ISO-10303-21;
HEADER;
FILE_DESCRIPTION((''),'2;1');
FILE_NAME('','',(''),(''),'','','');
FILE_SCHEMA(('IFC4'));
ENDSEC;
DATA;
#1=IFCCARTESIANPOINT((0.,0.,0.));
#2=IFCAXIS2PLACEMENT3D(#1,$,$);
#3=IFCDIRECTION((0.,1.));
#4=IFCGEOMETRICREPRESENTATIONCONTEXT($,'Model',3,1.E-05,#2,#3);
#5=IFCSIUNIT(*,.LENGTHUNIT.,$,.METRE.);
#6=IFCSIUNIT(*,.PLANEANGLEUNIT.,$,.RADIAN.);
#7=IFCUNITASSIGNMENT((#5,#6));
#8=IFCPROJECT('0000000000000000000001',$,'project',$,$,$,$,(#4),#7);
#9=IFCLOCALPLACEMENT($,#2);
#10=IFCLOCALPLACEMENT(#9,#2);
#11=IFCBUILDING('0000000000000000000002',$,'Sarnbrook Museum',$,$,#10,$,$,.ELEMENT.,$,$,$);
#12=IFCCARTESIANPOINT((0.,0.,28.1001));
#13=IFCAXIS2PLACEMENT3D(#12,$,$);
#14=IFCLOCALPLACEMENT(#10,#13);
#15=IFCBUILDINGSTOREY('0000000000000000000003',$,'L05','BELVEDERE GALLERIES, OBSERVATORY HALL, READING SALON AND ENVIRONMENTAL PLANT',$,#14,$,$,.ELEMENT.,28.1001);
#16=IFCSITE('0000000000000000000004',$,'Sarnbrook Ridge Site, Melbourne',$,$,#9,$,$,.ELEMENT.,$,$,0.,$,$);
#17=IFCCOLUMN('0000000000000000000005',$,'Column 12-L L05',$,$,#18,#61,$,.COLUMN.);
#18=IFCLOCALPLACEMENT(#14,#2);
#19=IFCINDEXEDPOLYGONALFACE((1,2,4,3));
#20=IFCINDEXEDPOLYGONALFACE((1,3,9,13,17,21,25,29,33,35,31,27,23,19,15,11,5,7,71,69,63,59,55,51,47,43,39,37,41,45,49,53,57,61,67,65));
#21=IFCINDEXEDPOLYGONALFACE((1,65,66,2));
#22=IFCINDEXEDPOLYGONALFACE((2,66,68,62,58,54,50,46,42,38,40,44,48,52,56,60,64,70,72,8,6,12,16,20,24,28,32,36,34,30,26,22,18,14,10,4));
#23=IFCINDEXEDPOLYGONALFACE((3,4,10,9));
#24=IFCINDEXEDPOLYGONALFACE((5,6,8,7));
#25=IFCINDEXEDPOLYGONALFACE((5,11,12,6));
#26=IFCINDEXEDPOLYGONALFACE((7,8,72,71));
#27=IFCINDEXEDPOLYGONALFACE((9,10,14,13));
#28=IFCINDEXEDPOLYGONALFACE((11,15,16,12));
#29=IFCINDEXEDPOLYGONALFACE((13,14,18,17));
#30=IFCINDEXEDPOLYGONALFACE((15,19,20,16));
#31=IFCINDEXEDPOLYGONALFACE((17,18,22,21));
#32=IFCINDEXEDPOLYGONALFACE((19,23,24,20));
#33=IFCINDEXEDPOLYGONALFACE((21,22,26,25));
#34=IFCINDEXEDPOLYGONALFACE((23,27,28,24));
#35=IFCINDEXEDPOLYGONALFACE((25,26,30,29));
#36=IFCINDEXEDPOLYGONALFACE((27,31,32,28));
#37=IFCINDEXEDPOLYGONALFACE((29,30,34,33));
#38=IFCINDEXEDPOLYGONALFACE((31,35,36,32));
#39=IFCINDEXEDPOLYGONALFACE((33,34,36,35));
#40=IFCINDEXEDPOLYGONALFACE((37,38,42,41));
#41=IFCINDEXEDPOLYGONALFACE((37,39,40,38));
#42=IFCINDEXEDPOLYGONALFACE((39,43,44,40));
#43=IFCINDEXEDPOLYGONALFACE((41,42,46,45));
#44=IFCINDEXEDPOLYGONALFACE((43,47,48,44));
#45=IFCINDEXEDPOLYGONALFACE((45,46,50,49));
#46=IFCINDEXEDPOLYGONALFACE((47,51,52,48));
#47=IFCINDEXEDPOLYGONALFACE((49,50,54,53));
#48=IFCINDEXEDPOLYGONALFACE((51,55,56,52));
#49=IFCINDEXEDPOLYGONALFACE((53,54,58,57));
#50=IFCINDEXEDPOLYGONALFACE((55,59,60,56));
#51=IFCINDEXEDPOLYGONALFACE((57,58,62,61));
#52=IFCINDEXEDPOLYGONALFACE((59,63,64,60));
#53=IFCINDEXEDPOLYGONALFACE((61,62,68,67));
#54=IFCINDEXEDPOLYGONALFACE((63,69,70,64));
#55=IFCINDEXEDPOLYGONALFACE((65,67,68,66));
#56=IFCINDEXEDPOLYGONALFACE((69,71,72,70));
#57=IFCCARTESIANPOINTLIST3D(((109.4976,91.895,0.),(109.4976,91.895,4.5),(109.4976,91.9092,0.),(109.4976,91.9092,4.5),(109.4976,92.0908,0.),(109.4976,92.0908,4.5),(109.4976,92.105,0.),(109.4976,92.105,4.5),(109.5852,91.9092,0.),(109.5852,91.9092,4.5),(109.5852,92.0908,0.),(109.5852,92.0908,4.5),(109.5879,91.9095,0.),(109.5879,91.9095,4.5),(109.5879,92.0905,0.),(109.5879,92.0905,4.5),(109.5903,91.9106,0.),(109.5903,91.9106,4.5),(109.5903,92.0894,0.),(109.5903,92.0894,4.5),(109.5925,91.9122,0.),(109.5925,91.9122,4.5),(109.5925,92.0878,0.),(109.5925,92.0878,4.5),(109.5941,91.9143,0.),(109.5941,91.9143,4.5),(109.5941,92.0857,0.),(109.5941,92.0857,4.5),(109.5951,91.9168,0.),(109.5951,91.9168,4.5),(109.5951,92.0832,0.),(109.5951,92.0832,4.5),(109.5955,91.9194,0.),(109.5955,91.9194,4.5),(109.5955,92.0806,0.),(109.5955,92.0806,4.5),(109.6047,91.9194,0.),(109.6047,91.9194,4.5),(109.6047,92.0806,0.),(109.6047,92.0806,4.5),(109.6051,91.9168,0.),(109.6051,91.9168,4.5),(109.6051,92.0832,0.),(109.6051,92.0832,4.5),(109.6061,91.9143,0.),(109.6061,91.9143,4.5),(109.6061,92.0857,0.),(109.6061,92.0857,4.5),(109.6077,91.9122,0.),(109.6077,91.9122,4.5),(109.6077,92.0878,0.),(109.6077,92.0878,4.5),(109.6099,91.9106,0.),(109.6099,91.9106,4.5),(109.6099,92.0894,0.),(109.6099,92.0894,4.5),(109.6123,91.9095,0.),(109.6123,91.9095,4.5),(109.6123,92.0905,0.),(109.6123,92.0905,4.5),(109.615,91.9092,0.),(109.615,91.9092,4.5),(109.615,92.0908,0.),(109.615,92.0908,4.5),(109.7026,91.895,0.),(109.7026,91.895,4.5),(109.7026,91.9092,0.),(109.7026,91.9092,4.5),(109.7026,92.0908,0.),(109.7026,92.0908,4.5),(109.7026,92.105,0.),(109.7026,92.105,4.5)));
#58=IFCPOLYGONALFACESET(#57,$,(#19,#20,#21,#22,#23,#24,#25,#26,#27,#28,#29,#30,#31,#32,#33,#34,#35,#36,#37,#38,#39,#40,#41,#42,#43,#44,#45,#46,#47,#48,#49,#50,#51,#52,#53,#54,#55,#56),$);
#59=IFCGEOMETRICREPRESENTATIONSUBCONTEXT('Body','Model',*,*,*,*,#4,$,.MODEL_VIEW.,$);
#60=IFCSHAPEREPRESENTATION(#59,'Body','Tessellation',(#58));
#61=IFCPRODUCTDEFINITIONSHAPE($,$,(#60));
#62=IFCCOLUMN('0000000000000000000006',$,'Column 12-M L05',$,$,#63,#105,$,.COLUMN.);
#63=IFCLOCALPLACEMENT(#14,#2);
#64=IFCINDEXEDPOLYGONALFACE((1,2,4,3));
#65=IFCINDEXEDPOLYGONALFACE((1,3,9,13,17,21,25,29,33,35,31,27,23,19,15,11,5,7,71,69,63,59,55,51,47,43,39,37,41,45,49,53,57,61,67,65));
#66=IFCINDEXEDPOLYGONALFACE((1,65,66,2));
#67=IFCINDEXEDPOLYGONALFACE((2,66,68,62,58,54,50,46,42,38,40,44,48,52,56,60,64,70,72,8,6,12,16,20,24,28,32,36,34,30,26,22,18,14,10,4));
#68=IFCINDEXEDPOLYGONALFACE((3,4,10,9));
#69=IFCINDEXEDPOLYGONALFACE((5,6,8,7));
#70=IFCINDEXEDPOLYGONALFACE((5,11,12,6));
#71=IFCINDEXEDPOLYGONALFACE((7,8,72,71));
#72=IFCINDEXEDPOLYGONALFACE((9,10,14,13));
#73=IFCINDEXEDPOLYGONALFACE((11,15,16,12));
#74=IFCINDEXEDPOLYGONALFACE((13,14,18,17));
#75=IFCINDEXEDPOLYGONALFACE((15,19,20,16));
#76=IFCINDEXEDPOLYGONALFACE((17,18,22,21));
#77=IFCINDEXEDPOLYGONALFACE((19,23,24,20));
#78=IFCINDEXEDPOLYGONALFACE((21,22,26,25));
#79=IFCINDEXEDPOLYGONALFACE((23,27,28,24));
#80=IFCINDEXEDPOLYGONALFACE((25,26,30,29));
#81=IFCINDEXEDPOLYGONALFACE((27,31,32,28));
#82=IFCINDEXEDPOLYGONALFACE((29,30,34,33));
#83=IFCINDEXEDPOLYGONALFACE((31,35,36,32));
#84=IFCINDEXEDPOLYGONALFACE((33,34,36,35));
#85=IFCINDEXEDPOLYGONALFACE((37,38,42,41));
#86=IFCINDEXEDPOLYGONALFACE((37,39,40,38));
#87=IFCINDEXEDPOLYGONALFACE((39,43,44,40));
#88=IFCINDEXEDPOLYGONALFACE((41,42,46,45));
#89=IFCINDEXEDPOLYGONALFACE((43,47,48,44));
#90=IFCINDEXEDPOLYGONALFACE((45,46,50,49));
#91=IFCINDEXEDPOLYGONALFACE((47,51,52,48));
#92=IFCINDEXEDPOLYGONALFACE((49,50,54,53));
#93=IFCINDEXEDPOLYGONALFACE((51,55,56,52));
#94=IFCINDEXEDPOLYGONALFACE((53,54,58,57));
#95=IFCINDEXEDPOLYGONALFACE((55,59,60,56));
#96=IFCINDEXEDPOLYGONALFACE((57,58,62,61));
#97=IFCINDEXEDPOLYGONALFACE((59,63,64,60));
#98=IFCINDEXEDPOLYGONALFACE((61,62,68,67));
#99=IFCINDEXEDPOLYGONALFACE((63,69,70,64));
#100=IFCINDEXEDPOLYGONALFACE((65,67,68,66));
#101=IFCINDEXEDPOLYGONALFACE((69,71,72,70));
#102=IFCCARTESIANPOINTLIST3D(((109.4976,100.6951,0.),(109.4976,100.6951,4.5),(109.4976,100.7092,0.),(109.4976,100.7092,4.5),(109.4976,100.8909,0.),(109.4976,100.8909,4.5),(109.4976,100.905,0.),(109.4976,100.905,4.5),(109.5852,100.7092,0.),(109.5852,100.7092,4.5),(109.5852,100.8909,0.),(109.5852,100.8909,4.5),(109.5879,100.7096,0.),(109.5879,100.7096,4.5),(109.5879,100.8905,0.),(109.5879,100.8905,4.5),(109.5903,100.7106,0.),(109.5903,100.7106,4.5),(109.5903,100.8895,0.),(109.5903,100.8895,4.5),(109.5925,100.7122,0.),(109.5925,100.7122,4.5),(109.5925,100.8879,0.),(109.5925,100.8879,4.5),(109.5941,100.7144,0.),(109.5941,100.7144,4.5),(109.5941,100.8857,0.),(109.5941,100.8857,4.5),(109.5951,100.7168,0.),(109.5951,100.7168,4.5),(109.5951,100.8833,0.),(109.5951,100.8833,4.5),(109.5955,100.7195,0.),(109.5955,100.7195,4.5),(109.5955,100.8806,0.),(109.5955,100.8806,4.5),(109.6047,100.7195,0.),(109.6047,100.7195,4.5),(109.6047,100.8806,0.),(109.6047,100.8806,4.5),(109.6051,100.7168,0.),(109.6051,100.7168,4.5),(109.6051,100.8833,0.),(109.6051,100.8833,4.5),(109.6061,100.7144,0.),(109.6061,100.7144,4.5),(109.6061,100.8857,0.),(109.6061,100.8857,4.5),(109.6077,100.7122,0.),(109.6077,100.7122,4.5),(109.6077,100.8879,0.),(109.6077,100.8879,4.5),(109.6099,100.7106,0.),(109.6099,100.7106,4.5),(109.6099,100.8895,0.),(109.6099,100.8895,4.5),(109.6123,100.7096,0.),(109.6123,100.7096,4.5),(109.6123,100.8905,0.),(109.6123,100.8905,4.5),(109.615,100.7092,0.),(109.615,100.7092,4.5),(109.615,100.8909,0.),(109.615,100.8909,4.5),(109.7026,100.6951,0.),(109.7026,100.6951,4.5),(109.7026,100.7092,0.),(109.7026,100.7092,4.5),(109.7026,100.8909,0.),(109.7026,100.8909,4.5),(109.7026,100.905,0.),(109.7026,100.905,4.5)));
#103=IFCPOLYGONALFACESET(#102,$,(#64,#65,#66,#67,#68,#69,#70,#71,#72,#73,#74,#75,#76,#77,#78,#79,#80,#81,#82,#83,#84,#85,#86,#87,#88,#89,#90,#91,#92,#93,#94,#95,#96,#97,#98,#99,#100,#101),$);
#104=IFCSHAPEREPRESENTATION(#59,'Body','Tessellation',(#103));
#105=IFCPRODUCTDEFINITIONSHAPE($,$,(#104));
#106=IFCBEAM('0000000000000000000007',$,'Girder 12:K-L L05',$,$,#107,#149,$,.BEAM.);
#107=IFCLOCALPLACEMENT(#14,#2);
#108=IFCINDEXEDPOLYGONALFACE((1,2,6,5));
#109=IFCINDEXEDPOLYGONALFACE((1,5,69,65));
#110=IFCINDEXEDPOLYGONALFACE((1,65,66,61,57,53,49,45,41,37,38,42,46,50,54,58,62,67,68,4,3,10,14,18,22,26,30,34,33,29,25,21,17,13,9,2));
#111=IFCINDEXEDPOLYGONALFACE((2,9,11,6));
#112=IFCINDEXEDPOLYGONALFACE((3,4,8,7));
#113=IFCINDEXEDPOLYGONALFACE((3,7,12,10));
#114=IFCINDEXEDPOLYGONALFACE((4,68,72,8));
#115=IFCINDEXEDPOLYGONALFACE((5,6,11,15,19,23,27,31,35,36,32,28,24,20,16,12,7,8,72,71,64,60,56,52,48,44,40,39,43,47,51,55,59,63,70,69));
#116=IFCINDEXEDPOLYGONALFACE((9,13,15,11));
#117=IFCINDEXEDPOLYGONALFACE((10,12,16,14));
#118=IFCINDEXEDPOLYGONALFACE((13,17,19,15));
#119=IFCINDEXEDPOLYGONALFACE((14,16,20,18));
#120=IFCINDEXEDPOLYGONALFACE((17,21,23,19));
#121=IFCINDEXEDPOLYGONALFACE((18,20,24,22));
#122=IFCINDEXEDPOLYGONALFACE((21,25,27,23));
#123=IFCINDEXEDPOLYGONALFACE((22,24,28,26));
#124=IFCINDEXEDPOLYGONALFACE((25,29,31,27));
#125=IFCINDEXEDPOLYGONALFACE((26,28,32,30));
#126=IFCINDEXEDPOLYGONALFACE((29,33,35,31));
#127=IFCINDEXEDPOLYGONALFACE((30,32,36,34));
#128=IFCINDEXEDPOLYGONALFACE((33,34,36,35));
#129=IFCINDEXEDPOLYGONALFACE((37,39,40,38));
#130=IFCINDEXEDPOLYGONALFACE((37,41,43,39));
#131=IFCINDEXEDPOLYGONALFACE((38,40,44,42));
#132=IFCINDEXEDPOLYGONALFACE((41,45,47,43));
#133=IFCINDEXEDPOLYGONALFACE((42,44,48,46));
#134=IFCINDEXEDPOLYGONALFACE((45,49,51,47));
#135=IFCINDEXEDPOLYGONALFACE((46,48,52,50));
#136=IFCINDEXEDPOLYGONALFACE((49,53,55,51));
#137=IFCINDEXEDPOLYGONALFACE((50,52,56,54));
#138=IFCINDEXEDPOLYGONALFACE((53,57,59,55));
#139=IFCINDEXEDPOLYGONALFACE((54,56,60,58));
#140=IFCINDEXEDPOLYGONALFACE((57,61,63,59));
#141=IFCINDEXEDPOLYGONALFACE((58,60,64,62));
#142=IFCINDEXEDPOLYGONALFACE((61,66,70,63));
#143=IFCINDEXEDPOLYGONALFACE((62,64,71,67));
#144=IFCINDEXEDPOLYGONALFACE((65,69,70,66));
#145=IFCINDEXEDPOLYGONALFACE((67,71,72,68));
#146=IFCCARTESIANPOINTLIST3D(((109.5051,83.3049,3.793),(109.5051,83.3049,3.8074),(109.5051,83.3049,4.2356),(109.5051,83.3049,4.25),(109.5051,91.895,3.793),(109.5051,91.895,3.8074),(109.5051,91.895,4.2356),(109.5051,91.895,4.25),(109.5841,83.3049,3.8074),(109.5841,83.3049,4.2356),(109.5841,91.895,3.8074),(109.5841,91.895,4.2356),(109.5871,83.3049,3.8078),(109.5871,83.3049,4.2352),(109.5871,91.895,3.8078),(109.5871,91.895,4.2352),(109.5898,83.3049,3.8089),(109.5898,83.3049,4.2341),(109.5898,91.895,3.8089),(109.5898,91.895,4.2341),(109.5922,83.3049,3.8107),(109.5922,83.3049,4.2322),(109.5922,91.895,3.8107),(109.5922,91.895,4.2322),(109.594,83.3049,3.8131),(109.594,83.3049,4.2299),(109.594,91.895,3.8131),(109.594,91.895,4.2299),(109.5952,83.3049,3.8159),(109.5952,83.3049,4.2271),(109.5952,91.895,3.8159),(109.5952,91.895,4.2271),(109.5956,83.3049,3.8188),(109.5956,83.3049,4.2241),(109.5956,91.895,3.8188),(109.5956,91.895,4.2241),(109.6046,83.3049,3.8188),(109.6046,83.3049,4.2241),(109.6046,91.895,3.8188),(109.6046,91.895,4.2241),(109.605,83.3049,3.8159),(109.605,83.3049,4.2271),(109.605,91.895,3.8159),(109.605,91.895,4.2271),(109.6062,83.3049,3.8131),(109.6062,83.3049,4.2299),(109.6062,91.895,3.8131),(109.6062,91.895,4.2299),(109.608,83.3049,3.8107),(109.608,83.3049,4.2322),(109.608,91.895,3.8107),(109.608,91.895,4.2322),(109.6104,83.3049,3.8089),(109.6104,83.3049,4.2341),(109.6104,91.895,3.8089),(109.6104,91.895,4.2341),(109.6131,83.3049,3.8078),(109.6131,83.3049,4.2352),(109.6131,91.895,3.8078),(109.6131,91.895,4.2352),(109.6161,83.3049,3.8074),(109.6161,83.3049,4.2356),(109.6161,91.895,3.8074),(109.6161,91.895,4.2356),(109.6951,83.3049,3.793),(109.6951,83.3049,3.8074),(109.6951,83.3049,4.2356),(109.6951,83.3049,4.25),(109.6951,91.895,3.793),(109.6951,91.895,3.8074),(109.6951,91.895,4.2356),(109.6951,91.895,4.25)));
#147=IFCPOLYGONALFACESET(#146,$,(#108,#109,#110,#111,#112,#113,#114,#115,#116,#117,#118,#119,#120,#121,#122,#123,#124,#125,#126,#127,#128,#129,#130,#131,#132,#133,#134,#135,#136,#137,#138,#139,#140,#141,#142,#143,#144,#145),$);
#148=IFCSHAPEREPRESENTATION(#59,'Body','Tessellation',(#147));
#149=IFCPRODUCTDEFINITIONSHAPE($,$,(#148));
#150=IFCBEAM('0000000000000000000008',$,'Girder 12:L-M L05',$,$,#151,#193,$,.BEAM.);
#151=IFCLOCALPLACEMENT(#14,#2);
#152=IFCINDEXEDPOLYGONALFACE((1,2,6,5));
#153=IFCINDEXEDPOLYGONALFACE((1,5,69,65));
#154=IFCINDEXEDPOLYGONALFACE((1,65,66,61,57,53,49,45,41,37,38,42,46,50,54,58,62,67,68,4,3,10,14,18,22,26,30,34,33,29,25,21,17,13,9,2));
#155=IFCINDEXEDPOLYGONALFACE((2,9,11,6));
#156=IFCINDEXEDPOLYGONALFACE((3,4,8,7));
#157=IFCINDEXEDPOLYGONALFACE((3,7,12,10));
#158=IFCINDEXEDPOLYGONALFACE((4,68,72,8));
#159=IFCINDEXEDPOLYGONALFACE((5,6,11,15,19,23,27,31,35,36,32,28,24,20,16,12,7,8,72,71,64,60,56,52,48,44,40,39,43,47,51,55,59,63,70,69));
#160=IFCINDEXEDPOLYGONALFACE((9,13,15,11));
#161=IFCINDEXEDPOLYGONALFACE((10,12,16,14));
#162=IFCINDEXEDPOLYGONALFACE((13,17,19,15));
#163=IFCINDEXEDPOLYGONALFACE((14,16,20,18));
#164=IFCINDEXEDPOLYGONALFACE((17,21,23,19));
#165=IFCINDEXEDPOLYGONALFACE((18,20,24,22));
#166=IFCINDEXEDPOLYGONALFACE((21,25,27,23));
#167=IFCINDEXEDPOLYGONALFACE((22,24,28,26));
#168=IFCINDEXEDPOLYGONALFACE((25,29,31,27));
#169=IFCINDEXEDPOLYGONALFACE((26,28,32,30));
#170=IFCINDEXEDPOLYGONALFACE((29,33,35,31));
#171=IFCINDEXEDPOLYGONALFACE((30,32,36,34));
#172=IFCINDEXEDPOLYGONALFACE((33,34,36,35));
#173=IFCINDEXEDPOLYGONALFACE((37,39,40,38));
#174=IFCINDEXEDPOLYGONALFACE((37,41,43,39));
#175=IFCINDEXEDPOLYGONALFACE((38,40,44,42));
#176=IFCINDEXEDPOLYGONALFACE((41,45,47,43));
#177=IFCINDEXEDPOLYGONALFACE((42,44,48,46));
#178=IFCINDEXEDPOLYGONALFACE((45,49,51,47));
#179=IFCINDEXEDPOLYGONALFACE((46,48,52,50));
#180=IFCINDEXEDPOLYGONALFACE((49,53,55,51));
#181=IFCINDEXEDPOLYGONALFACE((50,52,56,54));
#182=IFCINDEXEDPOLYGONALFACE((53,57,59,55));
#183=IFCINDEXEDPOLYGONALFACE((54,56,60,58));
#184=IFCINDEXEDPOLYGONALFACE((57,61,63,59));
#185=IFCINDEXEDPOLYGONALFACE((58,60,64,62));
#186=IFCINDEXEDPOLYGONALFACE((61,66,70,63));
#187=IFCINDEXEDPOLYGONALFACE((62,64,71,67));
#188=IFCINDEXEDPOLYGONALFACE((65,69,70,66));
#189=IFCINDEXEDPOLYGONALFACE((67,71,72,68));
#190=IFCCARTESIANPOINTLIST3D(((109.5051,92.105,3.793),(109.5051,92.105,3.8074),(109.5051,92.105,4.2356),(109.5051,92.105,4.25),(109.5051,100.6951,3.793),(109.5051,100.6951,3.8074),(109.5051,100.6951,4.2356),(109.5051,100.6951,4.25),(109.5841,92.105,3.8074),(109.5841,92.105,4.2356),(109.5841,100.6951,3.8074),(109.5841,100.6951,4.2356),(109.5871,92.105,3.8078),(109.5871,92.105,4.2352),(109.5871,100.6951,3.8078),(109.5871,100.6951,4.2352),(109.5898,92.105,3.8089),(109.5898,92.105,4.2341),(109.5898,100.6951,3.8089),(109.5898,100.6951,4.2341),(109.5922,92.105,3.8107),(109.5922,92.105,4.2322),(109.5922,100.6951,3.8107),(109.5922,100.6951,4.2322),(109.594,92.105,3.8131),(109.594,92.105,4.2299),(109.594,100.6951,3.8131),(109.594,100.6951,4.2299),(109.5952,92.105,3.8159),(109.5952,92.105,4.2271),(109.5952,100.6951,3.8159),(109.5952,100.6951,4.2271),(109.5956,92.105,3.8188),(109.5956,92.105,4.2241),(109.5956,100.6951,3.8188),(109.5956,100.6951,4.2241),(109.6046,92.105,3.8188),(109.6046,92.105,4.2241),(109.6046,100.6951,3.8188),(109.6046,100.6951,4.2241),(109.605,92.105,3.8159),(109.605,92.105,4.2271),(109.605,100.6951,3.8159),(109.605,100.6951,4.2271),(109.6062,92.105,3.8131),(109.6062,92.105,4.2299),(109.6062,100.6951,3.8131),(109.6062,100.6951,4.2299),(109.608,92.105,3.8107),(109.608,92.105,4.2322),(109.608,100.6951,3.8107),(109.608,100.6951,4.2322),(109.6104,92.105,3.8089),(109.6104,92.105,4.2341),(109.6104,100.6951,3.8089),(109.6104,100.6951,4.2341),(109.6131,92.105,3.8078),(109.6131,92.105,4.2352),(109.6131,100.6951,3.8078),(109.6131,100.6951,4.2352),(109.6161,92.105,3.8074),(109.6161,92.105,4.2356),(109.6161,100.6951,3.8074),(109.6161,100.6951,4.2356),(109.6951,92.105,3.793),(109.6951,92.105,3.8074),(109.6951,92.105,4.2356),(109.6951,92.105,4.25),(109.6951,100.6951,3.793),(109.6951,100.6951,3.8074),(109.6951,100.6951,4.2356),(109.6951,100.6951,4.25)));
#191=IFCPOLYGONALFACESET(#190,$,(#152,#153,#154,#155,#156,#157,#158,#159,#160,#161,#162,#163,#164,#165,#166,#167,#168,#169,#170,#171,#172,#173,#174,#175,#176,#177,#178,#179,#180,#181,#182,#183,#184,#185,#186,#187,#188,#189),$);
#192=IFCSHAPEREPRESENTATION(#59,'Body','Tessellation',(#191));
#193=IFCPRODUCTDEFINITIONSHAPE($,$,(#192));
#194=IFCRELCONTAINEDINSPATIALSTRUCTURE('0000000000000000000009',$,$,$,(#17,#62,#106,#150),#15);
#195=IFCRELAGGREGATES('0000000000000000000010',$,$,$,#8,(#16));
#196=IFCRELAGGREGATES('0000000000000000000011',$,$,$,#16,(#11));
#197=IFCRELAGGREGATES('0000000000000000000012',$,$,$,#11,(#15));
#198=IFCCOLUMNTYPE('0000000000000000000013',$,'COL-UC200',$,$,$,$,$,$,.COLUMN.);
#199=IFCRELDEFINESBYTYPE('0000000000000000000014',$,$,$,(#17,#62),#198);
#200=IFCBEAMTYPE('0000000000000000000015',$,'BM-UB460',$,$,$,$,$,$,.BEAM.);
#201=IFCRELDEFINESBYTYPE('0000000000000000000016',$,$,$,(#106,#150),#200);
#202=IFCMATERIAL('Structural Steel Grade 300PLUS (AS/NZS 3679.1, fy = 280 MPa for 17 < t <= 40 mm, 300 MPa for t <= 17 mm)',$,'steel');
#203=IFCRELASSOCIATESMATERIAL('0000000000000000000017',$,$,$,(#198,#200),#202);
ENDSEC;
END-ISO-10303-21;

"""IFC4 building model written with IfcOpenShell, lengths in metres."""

from ifc_helpers import new_model, si_unit, direction, frame, origin, origin_2d, place, context, subcontext, project, spatial, i_section, extrude, material, material_profile, profile_set, type_object, element, save


model = new_model("IFC4")

# Units and contexts
model_context = context("Model", 3, precision=1e-05, world=origin(), true_north=direction((0.0, 1.0)))
body_context = subcontext(model_context, "Body", "Model", "MODEL_VIEW")
ifc_project = project(units=[si_unit("LENGTHUNIT", "METRE"), si_unit("PLANEANGLEUNIT", "RADIAN")], contexts=[model_context])

# Site, building, storey
site_placement = place(None, origin())
site = spatial("IfcSite", under=ifc_project, at=site_placement, Name="Sarnbrook Ridge Site, Melbourne", CompositionType="ELEMENT", RefElevation=0.0)
building_placement = place(site_placement, origin())
building = spatial("IfcBuilding", under=site, at=building_placement, Name="Sarnbrook Museum", CompositionType="ELEMENT")
storey_placement = place(building_placement, frame((0.0, 0.0, 28.1001)))
storey = spatial("IfcBuildingStorey", under=building, at=storey_placement, Name="L05", Description="BELVEDERE GALLERIES, OBSERVATORY HALL, READING SALON AND ENVIRONMENTAL PLANT", CompositionType="ELEMENT", Elevation=28.1001)

# Columns
ifc_material_1 = material(Name="Structural Steel Grade 300PLUS (AS/NZS 3679.1, fy = 280 MPa for 17 < t <= 40 mm, 300 MPa for t <= 17 mm)", Category="steel")
ifc_material_profile_1 = material_profile(ifc_material_1, i_section(OverallWidth=0.2051, OverallDepth=0.21, WebThickness=0.0093, FlangeThickness=0.0142, FilletRadius=0.0103, at=origin_2d()), Name="200UC59.5")
ifc_profile_set_1 = profile_set([ifc_material_profile_1], Name="Structural Steel Grade 300PLUS (AS/NZS 3679.1, fy = 280 MPa for 17 < t <= 40 mm, 300 MPa for t <= 17 mm)")
column_type = type_object("IfcColumnType", Name="COL-UC200", PredefinedType="COLUMN", material=ifc_profile_set_1)
for number, where, z_axis, x_axis, name in (
    (1, (109.6001, 92.0, 0.0), (0.0, 0.0, 1.0), (1.0, 0.0, 0.0), "Column 12-L L05"),
    (2, (109.6001, 100.8, 0.0), (0.0, 0.0, 1.0), (1.0, 0.0, 0.0), "Column 12-M L05"),
):
    element("IfcColumn", number, at=place(storey_placement, frame(where, z_axis=z_axis, x_axis=x_axis)), inside=storey, type_object=column_type, Name=name, PredefinedType="COLUMN", context=body_context, shape_type="SweptSolid", body=[
        extrude(i_section(OverallWidth=0.2051, OverallDepth=0.21, WebThickness=0.0093, FlangeThickness=0.0142, FilletRadius=0.0103, at=origin_2d()), origin(), (0.0, 0.0, 1.0), 4.5),
    ])

# Beams
ifc_material_profile_2 = material_profile(ifc_material_1, i_section(OverallWidth=0.1899, OverallDepth=0.457, WebThickness=0.009, FlangeThickness=0.0144, FilletRadius=0.0115, at=origin_2d()), Name="460UB74.6")
ifc_profile_set_2 = profile_set([ifc_material_profile_2], Name="Structural Steel Grade 300PLUS (AS/NZS 3679.1, fy = 280 MPa for 17 < t <= 40 mm, 300 MPa for t <= 17 mm)")
beam_type_1 = type_object("IfcBeamType", Name="BM-UB460", PredefinedType="BEAM", material=ifc_profile_set_2)
for number, where, z_axis, x_axis, name in (
    (3, (109.6001, 83.3049, 4.0215), (0.0, 1.0, 0.0), (-1.0, 0.0, 0.0), "Girder 12:K-L L05"),
    (4, (109.6001, 92.105, 4.0215), (0.0, 1.0, 0.0), (-1.0, 0.0, 0.0), "Girder 12:L-M L05"),
):
    element("IfcBeam", number, at=place(storey_placement, frame(where, z_axis=z_axis, x_axis=x_axis)), inside=storey, type_object=beam_type_1, Name=name, PredefinedType="BEAM", context=body_context, shape_type="SweptSolid", body=[
        extrude(i_section(OverallWidth=0.1899, OverallDepth=0.457, WebThickness=0.009, FlangeThickness=0.0144, FilletRadius=0.0115, at=origin_2d()), origin(), (0.0, 0.0, 1.0), 8.5901),
    ])

save(model, "model.ifc")
